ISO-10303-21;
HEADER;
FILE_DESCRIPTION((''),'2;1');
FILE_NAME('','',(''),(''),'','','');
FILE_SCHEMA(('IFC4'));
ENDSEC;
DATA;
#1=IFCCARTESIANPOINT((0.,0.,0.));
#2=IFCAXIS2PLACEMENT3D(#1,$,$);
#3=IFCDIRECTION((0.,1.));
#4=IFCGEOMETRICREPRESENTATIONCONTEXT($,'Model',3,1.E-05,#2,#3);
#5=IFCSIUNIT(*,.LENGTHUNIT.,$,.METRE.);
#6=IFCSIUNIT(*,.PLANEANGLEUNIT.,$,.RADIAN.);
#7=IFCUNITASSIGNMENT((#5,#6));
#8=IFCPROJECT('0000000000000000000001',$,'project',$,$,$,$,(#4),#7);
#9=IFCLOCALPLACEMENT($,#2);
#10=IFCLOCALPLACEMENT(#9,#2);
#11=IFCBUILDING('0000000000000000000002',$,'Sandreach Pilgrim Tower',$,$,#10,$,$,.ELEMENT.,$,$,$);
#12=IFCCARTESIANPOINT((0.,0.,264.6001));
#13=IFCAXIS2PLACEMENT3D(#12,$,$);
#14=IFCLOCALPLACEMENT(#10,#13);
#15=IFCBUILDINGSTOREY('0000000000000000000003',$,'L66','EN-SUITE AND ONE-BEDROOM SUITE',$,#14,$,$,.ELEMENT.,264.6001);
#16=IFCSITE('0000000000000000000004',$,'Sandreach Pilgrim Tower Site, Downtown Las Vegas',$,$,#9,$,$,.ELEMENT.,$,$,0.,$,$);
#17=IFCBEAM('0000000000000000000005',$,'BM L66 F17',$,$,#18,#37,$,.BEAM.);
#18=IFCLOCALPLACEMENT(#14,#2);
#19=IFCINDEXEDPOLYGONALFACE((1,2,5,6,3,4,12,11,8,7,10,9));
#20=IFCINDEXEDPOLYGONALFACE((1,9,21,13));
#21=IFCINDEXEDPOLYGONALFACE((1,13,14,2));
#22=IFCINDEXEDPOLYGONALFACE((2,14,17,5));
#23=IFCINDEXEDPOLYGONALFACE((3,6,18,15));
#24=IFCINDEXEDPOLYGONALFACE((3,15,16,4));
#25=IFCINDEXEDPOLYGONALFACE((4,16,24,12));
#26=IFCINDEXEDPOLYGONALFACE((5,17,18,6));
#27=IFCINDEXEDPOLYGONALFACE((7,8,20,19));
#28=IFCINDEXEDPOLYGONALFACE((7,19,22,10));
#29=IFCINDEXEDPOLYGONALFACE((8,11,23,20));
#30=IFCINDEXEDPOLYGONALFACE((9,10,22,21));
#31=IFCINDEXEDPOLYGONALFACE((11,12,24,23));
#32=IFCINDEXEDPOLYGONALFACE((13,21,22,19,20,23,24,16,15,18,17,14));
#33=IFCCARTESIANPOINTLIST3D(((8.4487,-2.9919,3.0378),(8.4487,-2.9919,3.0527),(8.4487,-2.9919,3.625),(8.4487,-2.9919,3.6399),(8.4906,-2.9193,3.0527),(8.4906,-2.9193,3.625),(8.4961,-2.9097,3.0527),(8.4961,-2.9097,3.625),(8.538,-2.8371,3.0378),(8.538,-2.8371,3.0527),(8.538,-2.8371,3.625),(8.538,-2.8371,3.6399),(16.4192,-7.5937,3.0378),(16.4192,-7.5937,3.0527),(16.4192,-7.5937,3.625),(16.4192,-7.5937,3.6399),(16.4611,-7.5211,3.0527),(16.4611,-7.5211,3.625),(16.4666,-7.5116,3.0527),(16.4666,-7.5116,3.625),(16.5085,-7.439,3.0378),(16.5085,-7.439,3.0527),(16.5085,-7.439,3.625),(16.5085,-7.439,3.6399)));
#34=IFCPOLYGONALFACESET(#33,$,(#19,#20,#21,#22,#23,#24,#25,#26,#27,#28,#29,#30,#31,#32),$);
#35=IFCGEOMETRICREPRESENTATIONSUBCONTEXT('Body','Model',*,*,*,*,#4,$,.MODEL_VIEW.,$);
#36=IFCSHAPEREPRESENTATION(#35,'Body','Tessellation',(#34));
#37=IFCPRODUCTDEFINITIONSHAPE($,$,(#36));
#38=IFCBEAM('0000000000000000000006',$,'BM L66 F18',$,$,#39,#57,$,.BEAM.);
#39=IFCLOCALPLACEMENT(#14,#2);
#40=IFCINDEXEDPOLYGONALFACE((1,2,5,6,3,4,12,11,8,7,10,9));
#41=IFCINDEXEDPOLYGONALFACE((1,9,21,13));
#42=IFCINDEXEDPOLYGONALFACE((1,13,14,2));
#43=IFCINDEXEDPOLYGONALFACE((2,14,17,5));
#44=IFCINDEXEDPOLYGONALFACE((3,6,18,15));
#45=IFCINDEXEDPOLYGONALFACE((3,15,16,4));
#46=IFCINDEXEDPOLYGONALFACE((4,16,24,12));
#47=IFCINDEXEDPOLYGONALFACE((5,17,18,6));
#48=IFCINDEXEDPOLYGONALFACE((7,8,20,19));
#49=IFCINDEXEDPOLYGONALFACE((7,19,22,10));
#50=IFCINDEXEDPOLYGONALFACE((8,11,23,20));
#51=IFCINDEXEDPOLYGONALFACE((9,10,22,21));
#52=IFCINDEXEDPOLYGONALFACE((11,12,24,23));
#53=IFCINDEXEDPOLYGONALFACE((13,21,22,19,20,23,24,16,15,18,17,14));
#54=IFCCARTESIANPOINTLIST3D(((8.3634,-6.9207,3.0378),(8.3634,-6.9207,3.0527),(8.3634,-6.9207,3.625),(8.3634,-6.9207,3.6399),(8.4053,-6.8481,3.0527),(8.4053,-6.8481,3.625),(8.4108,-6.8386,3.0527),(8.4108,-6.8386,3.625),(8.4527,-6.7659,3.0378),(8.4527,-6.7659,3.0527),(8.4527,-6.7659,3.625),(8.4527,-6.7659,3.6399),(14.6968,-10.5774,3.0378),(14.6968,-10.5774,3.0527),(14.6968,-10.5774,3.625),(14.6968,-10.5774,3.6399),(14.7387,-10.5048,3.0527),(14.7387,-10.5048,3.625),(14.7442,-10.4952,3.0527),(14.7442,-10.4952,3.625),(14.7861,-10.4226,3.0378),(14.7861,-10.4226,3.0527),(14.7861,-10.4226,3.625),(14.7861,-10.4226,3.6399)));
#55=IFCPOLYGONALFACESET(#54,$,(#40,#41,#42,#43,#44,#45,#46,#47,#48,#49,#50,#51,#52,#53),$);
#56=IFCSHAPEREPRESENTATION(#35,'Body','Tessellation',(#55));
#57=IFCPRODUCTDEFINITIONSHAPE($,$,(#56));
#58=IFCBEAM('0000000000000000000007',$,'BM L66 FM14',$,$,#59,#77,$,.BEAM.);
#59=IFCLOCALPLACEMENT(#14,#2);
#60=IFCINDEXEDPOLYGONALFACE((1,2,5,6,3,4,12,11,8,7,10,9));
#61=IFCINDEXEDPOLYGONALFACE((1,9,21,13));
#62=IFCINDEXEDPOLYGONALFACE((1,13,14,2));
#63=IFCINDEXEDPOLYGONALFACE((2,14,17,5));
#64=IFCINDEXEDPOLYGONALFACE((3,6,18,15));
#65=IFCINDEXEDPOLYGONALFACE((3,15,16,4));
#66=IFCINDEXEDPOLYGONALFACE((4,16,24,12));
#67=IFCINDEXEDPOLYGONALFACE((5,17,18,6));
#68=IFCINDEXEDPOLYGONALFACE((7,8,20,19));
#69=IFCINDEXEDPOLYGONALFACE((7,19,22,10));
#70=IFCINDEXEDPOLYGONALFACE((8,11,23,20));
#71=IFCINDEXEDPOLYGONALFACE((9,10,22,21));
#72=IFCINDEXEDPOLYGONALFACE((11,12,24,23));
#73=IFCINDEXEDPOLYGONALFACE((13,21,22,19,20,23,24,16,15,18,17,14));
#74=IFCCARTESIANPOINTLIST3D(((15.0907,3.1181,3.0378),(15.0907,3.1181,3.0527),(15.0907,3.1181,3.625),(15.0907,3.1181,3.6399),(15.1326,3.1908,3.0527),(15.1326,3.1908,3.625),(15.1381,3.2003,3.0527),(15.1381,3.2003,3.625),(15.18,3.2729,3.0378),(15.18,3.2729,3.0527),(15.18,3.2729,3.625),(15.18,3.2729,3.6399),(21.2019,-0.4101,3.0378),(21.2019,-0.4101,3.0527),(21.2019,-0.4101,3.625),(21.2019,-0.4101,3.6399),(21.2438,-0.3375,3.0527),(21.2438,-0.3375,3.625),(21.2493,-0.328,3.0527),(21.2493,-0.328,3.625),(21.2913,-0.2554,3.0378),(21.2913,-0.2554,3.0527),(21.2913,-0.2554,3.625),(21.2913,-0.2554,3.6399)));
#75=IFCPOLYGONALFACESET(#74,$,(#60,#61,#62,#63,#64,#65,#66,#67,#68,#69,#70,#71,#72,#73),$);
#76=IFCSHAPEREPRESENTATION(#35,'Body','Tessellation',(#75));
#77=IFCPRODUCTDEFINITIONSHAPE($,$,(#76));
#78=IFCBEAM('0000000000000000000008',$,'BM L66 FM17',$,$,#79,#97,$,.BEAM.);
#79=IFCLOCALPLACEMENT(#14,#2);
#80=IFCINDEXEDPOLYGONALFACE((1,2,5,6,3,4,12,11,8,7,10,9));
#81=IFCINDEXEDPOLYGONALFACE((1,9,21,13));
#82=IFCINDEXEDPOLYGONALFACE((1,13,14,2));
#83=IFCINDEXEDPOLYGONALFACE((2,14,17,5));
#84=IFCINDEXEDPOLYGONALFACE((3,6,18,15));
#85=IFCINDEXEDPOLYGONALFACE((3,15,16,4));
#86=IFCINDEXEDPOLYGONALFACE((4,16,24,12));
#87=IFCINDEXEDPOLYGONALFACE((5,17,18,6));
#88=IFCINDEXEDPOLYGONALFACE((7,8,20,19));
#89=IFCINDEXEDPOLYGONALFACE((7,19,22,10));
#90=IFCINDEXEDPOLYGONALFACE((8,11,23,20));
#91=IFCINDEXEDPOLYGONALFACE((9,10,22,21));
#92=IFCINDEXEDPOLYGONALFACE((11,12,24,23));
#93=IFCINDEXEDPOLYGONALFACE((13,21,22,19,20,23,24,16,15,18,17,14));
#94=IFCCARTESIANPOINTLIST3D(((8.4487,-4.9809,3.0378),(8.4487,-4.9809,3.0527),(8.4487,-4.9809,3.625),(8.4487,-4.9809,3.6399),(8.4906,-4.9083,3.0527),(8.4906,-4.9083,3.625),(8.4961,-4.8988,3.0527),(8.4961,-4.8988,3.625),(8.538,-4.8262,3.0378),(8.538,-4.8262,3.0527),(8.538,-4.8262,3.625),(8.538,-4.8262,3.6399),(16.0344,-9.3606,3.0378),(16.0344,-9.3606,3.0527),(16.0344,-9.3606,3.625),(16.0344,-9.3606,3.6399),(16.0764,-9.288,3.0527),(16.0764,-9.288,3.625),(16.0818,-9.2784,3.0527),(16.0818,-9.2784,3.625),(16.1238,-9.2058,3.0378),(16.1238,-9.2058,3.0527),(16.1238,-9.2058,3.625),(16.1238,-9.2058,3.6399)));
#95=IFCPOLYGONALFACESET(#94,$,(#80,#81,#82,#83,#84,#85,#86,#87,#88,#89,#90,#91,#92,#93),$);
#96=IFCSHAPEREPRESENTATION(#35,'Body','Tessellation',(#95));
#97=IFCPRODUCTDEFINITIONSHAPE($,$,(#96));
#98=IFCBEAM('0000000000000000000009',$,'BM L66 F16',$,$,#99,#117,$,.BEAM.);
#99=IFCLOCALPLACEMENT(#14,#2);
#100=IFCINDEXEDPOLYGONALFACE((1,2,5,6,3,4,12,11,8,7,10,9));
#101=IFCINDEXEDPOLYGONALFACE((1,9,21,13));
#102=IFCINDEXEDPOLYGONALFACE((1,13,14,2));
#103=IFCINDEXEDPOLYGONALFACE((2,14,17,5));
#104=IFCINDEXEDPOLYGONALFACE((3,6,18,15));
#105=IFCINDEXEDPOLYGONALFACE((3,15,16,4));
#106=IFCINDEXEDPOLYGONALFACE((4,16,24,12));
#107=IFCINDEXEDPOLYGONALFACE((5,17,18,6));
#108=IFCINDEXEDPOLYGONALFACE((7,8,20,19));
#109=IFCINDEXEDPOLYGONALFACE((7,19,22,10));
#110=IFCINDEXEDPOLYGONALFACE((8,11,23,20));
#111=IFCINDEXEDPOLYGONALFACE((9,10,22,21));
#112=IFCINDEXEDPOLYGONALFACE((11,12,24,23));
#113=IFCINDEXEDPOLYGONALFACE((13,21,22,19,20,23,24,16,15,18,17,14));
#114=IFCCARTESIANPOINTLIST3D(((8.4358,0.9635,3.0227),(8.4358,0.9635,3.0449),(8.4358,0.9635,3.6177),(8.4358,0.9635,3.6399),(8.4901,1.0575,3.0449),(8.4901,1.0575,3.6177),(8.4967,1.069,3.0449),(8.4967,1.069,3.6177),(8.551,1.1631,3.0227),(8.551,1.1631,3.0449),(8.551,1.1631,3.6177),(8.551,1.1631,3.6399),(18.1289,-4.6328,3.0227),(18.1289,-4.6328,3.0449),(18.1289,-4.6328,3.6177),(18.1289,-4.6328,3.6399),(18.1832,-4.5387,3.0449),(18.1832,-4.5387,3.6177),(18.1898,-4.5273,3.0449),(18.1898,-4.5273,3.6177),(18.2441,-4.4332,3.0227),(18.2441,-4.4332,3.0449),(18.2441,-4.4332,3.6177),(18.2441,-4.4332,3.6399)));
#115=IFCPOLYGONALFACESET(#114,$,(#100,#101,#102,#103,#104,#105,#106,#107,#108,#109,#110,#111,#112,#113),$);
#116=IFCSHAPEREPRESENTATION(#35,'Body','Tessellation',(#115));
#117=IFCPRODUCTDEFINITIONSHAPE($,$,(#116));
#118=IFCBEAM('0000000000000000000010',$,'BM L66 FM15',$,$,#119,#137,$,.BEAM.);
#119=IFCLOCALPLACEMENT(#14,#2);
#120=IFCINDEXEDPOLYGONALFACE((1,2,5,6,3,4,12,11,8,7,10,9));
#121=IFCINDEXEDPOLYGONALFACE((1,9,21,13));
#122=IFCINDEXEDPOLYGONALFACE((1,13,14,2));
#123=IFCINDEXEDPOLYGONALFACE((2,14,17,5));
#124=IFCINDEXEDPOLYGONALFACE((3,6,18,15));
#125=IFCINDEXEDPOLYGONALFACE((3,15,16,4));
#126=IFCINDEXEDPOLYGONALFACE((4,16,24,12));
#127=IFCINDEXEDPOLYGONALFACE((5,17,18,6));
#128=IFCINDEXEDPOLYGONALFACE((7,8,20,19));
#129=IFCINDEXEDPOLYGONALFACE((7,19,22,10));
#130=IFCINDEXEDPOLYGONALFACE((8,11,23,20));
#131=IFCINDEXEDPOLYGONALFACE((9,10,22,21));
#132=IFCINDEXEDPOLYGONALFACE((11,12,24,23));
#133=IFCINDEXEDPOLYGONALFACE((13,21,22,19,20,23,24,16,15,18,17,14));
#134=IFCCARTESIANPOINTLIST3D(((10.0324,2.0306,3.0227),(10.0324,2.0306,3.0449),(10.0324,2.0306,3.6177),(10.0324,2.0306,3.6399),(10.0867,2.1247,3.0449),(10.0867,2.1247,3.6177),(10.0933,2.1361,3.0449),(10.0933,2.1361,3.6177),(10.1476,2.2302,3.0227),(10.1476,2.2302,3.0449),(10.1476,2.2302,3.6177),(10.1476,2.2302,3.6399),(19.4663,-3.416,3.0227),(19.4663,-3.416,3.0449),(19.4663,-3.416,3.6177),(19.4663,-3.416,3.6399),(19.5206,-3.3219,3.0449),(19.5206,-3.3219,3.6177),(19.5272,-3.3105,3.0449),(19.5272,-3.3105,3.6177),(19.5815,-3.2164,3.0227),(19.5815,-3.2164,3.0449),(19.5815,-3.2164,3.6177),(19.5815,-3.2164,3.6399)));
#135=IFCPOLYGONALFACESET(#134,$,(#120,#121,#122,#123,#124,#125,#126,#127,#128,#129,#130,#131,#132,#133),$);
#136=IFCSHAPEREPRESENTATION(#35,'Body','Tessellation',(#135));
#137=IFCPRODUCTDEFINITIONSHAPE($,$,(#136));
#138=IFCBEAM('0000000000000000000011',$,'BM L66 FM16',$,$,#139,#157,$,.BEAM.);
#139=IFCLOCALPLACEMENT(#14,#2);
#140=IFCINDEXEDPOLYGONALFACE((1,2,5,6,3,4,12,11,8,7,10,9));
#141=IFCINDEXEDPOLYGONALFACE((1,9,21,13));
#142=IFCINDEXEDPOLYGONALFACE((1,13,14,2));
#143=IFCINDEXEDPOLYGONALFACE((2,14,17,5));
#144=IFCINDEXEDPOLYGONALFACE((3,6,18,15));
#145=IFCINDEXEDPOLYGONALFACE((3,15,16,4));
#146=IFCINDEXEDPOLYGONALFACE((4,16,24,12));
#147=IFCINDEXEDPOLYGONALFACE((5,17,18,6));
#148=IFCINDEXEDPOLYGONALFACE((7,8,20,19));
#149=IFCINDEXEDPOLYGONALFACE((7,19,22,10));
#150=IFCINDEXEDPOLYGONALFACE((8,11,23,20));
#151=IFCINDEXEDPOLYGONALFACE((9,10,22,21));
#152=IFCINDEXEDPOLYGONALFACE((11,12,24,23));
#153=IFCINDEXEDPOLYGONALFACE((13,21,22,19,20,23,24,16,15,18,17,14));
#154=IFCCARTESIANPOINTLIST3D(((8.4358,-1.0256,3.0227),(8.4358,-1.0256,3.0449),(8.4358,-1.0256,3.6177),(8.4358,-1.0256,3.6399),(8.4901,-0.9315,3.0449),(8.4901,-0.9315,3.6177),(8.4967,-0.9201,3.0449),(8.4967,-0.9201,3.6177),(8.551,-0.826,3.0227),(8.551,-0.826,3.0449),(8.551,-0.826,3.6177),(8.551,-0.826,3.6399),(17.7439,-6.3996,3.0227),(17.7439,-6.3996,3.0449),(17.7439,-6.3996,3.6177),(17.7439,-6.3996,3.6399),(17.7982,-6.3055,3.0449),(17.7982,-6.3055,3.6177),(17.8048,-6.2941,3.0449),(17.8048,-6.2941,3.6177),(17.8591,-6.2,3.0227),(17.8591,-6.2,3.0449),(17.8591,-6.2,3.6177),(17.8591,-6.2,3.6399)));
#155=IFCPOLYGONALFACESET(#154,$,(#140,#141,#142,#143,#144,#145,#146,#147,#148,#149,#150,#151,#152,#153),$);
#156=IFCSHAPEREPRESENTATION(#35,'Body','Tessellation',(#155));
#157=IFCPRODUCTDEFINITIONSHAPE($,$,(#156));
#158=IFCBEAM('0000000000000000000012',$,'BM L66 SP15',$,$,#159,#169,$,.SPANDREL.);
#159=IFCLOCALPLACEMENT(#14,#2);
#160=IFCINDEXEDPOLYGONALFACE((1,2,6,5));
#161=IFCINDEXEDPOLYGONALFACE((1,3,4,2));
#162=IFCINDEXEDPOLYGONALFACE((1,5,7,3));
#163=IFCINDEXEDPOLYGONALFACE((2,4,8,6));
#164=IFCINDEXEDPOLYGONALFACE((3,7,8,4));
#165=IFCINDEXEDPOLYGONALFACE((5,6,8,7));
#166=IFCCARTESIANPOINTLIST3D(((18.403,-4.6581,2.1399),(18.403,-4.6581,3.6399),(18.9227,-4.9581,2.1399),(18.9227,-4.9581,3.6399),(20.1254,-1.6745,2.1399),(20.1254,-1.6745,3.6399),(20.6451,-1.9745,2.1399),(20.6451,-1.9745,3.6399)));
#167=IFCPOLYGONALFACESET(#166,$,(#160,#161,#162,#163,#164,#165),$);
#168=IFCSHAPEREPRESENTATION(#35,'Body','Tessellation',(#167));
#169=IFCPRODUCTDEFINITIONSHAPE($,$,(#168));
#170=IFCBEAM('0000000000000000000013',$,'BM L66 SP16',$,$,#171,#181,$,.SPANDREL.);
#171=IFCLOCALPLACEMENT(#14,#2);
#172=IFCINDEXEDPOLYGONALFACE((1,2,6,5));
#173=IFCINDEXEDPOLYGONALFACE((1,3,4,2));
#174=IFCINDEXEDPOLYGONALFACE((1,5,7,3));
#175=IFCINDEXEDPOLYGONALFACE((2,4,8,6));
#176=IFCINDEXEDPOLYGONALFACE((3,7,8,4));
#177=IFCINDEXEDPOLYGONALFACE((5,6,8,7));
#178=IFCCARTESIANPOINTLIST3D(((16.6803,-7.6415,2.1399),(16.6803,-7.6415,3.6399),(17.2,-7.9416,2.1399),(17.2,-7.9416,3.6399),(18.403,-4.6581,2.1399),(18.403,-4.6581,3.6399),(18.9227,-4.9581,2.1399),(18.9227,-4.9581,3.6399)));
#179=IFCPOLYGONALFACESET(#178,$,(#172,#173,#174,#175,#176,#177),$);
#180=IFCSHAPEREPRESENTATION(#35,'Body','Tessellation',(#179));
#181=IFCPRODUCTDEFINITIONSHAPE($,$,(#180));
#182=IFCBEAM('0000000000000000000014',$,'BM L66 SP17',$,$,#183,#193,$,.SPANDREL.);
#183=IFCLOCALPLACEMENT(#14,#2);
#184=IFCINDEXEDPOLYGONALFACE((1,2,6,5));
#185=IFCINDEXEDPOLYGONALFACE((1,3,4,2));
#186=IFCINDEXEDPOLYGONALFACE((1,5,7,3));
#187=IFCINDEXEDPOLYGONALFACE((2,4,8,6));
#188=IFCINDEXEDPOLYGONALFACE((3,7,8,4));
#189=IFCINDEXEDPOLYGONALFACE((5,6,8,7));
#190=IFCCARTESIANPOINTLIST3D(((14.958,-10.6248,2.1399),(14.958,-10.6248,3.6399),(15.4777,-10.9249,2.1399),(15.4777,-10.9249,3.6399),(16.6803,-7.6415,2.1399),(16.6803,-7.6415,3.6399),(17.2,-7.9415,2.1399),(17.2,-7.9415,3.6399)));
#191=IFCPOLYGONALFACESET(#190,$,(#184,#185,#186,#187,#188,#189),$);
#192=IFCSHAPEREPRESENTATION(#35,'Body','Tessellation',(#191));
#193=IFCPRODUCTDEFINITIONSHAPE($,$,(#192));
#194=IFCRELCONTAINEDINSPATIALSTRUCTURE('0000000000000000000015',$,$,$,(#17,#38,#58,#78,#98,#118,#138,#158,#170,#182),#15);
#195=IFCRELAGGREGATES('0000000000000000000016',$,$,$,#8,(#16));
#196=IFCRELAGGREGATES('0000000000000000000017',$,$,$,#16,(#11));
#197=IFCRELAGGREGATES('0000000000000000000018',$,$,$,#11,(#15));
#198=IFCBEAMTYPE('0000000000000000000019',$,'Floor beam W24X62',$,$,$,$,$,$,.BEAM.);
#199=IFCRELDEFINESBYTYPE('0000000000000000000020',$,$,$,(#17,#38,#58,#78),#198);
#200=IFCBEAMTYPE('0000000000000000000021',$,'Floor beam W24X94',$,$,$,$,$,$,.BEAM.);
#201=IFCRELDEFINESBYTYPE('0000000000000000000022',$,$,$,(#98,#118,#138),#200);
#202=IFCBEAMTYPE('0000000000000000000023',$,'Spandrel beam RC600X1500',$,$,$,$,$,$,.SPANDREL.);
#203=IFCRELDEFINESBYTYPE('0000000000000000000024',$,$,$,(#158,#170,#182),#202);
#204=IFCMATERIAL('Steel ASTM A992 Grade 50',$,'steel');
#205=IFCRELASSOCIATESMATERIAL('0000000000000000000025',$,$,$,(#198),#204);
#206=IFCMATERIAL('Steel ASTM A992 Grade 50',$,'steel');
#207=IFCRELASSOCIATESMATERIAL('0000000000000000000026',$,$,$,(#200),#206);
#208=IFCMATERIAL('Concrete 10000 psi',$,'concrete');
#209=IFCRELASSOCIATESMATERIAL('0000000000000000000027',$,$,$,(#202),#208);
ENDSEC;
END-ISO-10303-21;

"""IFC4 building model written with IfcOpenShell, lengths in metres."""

from ifc_helpers import new_model, si_unit, direction, frame, origin, origin_2d, place, context, subcontext, project, spatial, rectangle, i_section, extrude, material, material_profile, profile_set, type_object, element, save


model = new_model("IFC4")

# Units and contexts
model_context = context("Model", 3, precision=1e-05, world=origin(), true_north=direction((0.0, 1.0)))
body_context = subcontext(model_context, "Body", "Model", "MODEL_VIEW")
ifc_project = project(units=[si_unit("LENGTHUNIT", "METRE"), si_unit("PLANEANGLEUNIT", "RADIAN")], contexts=[model_context])

# Site, building, storey
site_placement = place(None, origin())
site = spatial("IfcSite", under=ifc_project, at=site_placement, Name="Sandreach Pilgrim Tower Site, Downtown Las Vegas", CompositionType="ELEMENT", RefElevation=0.0)
building_placement = place(site_placement, origin())
building = spatial("IfcBuilding", under=site, at=building_placement, Name="Sandreach Pilgrim Tower", CompositionType="ELEMENT")
storey_placement = place(building_placement, frame((0.0, 0.0, 264.6001)))
storey = spatial("IfcBuildingStorey", under=building, at=storey_placement, Name="L66", Description="EN-SUITE AND ONE-BEDROOM SUITE", CompositionType="ELEMENT", Elevation=264.6001)

# Beams
ifc_material_1 = material(Name="Steel ASTM A992 Grade 50", Category="steel")
ifc_material_profile_1 = material_profile(ifc_material_1, i_section(OverallWidth=0.1787, OverallDepth=0.6021, WebThickness=0.011, FlangeThickness=0.0149, at=origin_2d()), Name="W24X62")
ifc_profile_set_1 = profile_set([ifc_material_profile_1], Name="Steel ASTM A992 Grade 50")
beam_type_1 = type_object("IfcBeamType", Name="Floor beam W24X62", PredefinedType="BEAM", material=ifc_profile_set_1)
beam_1_placement = place(storey_placement, frame((16.4639, -7.5164, 3.3389), z_axis=(-0.866023, 0.500005, 0.0), x_axis=(-0.500005, -0.866023, 0.0)))
element("IfcBeam", 1, at=beam_1_placement, inside=storey, type_object=beam_type_1, Name="BM L66 F17", PredefinedType="BEAM", context=body_context, shape_type="SweptSolid", body=[
    extrude(i_section(OverallWidth=0.1787, OverallDepth=0.6021, WebThickness=0.011, FlangeThickness=0.0149, at=origin_2d()), origin(), (0.0, 0.0, 1.0), 9.2036),
])
beam_2_placement = place(storey_placement, frame((14.7415, -10.5, 3.3389), z_axis=(-0.86602, 0.500009, 0.0), x_axis=(-0.500009, -0.86602, 0.0)))
element("IfcBeam", 2, at=beam_2_placement, inside=storey, type_object=beam_type_1, Name="BM L66 F18", PredefinedType="BEAM", context=body_context, shape_type="SweptSolid", body=[
    extrude(i_section(OverallWidth=0.1787, OverallDepth=0.6021, WebThickness=0.011, FlangeThickness=0.0149, at=origin_2d()), origin(), (0.0, 0.0, 1.0), 7.3132),
])
beam_3_placement = place(storey_placement, frame((21.2466, -0.3328, 3.3389), z_axis=(-0.866029, 0.499994, 0.0), x_axis=(-0.499994, -0.866029, 0.0)))
element("IfcBeam", 3, at=beam_3_placement, inside=storey, type_object=beam_type_1, Name="BM L66 FM14", PredefinedType="BEAM", context=body_context, shape_type="SweptSolid", body=[
    extrude(i_section(OverallWidth=0.1787, OverallDepth=0.6021, WebThickness=0.011, FlangeThickness=0.0149, at=origin_2d()), origin(), (0.0, 0.0, 1.0), 7.0566),
])
beam_4_placement = place(storey_placement, frame((16.0791, -9.2832, 3.3389), z_axis=(-0.866024, 0.500003, 0.0), x_axis=(-0.500003, -0.866024, 0.0)))
element("IfcBeam", 4, at=beam_4_placement, inside=storey, type_object=beam_type_1, Name="BM L66 FM17", PredefinedType="BEAM", context=body_context, shape_type="SweptSolid", body=[
    extrude(i_section(OverallWidth=0.1787, OverallDepth=0.6021, WebThickness=0.011, FlangeThickness=0.0149, at=origin_2d()), origin(), (0.0, 0.0, 1.0), 8.7593),
])
ifc_material_2 = material(Name="Steel ASTM A992 Grade 50", Category="steel")
ifc_material_profile_2 = material_profile(ifc_material_2, i_section(OverallWidth=0.2305, OverallDepth=0.6172, WebThickness=0.0132, FlangeThickness=0.0222, at=origin_2d()), Name="W24X94")
ifc_profile_set_2 = profile_set([ifc_material_profile_2], Name="Steel ASTM A992 Grade 50")
beam_type_2 = type_object("IfcBeamType", Name="Floor beam W24X94", PredefinedType="BEAM", material=ifc_profile_set_2)
beam_5_placement = place(storey_placement, frame((18.1865, -4.533, 3.3313), z_axis=(-0.86603, 0.499991, 0.0), x_axis=(-0.499991, -0.86603, 0.0)))
element("IfcBeam", 5, at=beam_5_placement, inside=storey, type_object=beam_type_2, Name="BM L66 F16", PredefinedType="BEAM", context=body_context, shape_type="SweptSolid", body=[
    extrude(i_section(OverallWidth=0.2305, OverallDepth=0.6172, WebThickness=0.0132, FlangeThickness=0.0222, at=origin_2d()), origin(), (0.0, 0.0, 1.0), 11.1926),
])
beam_6_placement = place(storey_placement, frame((19.5239, -3.3162, 3.3313), z_axis=(-0.866029, 0.499993, 0.0), x_axis=(-0.499993, -0.866029, 0.0)))
element("IfcBeam", 6, at=beam_6_placement, inside=storey, type_object=beam_type_2, Name="BM L66 FM15", PredefinedType="BEAM", context=body_context, shape_type="SweptSolid", body=[
    extrude(i_section(OverallWidth=0.2305, OverallDepth=0.6172, WebThickness=0.0132, FlangeThickness=0.0222, at=origin_2d()), origin(), (0.0, 0.0, 1.0), 10.8933),
])
beam_7_placement = place(storey_placement, frame((17.8015, -6.2998, 3.3313), z_axis=(-0.866026, 0.499999, 0.0), x_axis=(-0.499999, -0.866026, 0.0)))
element("IfcBeam", 7, at=beam_7_placement, inside=storey, type_object=beam_type_2, Name="BM L66 FM16", PredefinedType="BEAM", context=body_context, shape_type="SweptSolid", body=[
    extrude(i_section(OverallWidth=0.2305, OverallDepth=0.6172, WebThickness=0.0132, FlangeThickness=0.0222, at=origin_2d()), origin(), (0.0, 0.0, 1.0), 10.748),
])
ifc_material_3 = material(Name="Concrete 10000 psi", Category="concrete")
ifc_material_profile_3 = material_profile(ifc_material_3, rectangle(XDim=0.6001, YDim=1.5, at=origin_2d()), Name="RC600X1500")
ifc_profile_set_3 = profile_set([ifc_material_profile_3], Name="Concrete 10000 psi")
beam_type_3 = type_object("IfcBeamType", Name="Spandrel beam RC600X1500", PredefinedType="SPANDREL", material=ifc_profile_set_3)
for number, where, z_axis, x_axis, name in (
    (8, (20.3853, -1.8245, 2.8899), (-0.499958, -0.86605, 0.0), (0.86605, -0.499958, 0.0), "BM L66 SP15"),
    (9, (18.6628, -4.8081, 2.8899), (-0.500041, -0.866001, 0.0), (0.866001, -0.500041, 0.0), "BM L66 SP16"),
):
    element("IfcBeam", number, at=place(storey_placement, frame(where, z_axis=z_axis, x_axis=x_axis)), inside=storey, type_object=beam_type_3, Name=name, PredefinedType="SPANDREL", context=body_context, shape_type="SweptSolid", body=[
        extrude(rectangle(XDim=0.6001, YDim=1.5, at=origin_2d()), origin(), (0.0, 0.0, 1.0), 3.4451),
    ])
beam_8_placement = place(storey_placement, frame((16.9402, -7.7915, 2.8899), z_axis=(-0.499988, -0.866032, 0.0), x_axis=(0.866032, -0.499988, 0.0)))
element("IfcBeam", 10, at=beam_8_placement, inside=storey, type_object=beam_type_3, Name="BM L66 SP17", PredefinedType="SPANDREL", context=body_context, shape_type="SweptSolid", body=[
    extrude(rectangle(XDim=0.6001, YDim=1.5, at=origin_2d()), origin(), (0.0, 0.0, 1.0), 3.4448),
])

save(model, "model.ifc")
